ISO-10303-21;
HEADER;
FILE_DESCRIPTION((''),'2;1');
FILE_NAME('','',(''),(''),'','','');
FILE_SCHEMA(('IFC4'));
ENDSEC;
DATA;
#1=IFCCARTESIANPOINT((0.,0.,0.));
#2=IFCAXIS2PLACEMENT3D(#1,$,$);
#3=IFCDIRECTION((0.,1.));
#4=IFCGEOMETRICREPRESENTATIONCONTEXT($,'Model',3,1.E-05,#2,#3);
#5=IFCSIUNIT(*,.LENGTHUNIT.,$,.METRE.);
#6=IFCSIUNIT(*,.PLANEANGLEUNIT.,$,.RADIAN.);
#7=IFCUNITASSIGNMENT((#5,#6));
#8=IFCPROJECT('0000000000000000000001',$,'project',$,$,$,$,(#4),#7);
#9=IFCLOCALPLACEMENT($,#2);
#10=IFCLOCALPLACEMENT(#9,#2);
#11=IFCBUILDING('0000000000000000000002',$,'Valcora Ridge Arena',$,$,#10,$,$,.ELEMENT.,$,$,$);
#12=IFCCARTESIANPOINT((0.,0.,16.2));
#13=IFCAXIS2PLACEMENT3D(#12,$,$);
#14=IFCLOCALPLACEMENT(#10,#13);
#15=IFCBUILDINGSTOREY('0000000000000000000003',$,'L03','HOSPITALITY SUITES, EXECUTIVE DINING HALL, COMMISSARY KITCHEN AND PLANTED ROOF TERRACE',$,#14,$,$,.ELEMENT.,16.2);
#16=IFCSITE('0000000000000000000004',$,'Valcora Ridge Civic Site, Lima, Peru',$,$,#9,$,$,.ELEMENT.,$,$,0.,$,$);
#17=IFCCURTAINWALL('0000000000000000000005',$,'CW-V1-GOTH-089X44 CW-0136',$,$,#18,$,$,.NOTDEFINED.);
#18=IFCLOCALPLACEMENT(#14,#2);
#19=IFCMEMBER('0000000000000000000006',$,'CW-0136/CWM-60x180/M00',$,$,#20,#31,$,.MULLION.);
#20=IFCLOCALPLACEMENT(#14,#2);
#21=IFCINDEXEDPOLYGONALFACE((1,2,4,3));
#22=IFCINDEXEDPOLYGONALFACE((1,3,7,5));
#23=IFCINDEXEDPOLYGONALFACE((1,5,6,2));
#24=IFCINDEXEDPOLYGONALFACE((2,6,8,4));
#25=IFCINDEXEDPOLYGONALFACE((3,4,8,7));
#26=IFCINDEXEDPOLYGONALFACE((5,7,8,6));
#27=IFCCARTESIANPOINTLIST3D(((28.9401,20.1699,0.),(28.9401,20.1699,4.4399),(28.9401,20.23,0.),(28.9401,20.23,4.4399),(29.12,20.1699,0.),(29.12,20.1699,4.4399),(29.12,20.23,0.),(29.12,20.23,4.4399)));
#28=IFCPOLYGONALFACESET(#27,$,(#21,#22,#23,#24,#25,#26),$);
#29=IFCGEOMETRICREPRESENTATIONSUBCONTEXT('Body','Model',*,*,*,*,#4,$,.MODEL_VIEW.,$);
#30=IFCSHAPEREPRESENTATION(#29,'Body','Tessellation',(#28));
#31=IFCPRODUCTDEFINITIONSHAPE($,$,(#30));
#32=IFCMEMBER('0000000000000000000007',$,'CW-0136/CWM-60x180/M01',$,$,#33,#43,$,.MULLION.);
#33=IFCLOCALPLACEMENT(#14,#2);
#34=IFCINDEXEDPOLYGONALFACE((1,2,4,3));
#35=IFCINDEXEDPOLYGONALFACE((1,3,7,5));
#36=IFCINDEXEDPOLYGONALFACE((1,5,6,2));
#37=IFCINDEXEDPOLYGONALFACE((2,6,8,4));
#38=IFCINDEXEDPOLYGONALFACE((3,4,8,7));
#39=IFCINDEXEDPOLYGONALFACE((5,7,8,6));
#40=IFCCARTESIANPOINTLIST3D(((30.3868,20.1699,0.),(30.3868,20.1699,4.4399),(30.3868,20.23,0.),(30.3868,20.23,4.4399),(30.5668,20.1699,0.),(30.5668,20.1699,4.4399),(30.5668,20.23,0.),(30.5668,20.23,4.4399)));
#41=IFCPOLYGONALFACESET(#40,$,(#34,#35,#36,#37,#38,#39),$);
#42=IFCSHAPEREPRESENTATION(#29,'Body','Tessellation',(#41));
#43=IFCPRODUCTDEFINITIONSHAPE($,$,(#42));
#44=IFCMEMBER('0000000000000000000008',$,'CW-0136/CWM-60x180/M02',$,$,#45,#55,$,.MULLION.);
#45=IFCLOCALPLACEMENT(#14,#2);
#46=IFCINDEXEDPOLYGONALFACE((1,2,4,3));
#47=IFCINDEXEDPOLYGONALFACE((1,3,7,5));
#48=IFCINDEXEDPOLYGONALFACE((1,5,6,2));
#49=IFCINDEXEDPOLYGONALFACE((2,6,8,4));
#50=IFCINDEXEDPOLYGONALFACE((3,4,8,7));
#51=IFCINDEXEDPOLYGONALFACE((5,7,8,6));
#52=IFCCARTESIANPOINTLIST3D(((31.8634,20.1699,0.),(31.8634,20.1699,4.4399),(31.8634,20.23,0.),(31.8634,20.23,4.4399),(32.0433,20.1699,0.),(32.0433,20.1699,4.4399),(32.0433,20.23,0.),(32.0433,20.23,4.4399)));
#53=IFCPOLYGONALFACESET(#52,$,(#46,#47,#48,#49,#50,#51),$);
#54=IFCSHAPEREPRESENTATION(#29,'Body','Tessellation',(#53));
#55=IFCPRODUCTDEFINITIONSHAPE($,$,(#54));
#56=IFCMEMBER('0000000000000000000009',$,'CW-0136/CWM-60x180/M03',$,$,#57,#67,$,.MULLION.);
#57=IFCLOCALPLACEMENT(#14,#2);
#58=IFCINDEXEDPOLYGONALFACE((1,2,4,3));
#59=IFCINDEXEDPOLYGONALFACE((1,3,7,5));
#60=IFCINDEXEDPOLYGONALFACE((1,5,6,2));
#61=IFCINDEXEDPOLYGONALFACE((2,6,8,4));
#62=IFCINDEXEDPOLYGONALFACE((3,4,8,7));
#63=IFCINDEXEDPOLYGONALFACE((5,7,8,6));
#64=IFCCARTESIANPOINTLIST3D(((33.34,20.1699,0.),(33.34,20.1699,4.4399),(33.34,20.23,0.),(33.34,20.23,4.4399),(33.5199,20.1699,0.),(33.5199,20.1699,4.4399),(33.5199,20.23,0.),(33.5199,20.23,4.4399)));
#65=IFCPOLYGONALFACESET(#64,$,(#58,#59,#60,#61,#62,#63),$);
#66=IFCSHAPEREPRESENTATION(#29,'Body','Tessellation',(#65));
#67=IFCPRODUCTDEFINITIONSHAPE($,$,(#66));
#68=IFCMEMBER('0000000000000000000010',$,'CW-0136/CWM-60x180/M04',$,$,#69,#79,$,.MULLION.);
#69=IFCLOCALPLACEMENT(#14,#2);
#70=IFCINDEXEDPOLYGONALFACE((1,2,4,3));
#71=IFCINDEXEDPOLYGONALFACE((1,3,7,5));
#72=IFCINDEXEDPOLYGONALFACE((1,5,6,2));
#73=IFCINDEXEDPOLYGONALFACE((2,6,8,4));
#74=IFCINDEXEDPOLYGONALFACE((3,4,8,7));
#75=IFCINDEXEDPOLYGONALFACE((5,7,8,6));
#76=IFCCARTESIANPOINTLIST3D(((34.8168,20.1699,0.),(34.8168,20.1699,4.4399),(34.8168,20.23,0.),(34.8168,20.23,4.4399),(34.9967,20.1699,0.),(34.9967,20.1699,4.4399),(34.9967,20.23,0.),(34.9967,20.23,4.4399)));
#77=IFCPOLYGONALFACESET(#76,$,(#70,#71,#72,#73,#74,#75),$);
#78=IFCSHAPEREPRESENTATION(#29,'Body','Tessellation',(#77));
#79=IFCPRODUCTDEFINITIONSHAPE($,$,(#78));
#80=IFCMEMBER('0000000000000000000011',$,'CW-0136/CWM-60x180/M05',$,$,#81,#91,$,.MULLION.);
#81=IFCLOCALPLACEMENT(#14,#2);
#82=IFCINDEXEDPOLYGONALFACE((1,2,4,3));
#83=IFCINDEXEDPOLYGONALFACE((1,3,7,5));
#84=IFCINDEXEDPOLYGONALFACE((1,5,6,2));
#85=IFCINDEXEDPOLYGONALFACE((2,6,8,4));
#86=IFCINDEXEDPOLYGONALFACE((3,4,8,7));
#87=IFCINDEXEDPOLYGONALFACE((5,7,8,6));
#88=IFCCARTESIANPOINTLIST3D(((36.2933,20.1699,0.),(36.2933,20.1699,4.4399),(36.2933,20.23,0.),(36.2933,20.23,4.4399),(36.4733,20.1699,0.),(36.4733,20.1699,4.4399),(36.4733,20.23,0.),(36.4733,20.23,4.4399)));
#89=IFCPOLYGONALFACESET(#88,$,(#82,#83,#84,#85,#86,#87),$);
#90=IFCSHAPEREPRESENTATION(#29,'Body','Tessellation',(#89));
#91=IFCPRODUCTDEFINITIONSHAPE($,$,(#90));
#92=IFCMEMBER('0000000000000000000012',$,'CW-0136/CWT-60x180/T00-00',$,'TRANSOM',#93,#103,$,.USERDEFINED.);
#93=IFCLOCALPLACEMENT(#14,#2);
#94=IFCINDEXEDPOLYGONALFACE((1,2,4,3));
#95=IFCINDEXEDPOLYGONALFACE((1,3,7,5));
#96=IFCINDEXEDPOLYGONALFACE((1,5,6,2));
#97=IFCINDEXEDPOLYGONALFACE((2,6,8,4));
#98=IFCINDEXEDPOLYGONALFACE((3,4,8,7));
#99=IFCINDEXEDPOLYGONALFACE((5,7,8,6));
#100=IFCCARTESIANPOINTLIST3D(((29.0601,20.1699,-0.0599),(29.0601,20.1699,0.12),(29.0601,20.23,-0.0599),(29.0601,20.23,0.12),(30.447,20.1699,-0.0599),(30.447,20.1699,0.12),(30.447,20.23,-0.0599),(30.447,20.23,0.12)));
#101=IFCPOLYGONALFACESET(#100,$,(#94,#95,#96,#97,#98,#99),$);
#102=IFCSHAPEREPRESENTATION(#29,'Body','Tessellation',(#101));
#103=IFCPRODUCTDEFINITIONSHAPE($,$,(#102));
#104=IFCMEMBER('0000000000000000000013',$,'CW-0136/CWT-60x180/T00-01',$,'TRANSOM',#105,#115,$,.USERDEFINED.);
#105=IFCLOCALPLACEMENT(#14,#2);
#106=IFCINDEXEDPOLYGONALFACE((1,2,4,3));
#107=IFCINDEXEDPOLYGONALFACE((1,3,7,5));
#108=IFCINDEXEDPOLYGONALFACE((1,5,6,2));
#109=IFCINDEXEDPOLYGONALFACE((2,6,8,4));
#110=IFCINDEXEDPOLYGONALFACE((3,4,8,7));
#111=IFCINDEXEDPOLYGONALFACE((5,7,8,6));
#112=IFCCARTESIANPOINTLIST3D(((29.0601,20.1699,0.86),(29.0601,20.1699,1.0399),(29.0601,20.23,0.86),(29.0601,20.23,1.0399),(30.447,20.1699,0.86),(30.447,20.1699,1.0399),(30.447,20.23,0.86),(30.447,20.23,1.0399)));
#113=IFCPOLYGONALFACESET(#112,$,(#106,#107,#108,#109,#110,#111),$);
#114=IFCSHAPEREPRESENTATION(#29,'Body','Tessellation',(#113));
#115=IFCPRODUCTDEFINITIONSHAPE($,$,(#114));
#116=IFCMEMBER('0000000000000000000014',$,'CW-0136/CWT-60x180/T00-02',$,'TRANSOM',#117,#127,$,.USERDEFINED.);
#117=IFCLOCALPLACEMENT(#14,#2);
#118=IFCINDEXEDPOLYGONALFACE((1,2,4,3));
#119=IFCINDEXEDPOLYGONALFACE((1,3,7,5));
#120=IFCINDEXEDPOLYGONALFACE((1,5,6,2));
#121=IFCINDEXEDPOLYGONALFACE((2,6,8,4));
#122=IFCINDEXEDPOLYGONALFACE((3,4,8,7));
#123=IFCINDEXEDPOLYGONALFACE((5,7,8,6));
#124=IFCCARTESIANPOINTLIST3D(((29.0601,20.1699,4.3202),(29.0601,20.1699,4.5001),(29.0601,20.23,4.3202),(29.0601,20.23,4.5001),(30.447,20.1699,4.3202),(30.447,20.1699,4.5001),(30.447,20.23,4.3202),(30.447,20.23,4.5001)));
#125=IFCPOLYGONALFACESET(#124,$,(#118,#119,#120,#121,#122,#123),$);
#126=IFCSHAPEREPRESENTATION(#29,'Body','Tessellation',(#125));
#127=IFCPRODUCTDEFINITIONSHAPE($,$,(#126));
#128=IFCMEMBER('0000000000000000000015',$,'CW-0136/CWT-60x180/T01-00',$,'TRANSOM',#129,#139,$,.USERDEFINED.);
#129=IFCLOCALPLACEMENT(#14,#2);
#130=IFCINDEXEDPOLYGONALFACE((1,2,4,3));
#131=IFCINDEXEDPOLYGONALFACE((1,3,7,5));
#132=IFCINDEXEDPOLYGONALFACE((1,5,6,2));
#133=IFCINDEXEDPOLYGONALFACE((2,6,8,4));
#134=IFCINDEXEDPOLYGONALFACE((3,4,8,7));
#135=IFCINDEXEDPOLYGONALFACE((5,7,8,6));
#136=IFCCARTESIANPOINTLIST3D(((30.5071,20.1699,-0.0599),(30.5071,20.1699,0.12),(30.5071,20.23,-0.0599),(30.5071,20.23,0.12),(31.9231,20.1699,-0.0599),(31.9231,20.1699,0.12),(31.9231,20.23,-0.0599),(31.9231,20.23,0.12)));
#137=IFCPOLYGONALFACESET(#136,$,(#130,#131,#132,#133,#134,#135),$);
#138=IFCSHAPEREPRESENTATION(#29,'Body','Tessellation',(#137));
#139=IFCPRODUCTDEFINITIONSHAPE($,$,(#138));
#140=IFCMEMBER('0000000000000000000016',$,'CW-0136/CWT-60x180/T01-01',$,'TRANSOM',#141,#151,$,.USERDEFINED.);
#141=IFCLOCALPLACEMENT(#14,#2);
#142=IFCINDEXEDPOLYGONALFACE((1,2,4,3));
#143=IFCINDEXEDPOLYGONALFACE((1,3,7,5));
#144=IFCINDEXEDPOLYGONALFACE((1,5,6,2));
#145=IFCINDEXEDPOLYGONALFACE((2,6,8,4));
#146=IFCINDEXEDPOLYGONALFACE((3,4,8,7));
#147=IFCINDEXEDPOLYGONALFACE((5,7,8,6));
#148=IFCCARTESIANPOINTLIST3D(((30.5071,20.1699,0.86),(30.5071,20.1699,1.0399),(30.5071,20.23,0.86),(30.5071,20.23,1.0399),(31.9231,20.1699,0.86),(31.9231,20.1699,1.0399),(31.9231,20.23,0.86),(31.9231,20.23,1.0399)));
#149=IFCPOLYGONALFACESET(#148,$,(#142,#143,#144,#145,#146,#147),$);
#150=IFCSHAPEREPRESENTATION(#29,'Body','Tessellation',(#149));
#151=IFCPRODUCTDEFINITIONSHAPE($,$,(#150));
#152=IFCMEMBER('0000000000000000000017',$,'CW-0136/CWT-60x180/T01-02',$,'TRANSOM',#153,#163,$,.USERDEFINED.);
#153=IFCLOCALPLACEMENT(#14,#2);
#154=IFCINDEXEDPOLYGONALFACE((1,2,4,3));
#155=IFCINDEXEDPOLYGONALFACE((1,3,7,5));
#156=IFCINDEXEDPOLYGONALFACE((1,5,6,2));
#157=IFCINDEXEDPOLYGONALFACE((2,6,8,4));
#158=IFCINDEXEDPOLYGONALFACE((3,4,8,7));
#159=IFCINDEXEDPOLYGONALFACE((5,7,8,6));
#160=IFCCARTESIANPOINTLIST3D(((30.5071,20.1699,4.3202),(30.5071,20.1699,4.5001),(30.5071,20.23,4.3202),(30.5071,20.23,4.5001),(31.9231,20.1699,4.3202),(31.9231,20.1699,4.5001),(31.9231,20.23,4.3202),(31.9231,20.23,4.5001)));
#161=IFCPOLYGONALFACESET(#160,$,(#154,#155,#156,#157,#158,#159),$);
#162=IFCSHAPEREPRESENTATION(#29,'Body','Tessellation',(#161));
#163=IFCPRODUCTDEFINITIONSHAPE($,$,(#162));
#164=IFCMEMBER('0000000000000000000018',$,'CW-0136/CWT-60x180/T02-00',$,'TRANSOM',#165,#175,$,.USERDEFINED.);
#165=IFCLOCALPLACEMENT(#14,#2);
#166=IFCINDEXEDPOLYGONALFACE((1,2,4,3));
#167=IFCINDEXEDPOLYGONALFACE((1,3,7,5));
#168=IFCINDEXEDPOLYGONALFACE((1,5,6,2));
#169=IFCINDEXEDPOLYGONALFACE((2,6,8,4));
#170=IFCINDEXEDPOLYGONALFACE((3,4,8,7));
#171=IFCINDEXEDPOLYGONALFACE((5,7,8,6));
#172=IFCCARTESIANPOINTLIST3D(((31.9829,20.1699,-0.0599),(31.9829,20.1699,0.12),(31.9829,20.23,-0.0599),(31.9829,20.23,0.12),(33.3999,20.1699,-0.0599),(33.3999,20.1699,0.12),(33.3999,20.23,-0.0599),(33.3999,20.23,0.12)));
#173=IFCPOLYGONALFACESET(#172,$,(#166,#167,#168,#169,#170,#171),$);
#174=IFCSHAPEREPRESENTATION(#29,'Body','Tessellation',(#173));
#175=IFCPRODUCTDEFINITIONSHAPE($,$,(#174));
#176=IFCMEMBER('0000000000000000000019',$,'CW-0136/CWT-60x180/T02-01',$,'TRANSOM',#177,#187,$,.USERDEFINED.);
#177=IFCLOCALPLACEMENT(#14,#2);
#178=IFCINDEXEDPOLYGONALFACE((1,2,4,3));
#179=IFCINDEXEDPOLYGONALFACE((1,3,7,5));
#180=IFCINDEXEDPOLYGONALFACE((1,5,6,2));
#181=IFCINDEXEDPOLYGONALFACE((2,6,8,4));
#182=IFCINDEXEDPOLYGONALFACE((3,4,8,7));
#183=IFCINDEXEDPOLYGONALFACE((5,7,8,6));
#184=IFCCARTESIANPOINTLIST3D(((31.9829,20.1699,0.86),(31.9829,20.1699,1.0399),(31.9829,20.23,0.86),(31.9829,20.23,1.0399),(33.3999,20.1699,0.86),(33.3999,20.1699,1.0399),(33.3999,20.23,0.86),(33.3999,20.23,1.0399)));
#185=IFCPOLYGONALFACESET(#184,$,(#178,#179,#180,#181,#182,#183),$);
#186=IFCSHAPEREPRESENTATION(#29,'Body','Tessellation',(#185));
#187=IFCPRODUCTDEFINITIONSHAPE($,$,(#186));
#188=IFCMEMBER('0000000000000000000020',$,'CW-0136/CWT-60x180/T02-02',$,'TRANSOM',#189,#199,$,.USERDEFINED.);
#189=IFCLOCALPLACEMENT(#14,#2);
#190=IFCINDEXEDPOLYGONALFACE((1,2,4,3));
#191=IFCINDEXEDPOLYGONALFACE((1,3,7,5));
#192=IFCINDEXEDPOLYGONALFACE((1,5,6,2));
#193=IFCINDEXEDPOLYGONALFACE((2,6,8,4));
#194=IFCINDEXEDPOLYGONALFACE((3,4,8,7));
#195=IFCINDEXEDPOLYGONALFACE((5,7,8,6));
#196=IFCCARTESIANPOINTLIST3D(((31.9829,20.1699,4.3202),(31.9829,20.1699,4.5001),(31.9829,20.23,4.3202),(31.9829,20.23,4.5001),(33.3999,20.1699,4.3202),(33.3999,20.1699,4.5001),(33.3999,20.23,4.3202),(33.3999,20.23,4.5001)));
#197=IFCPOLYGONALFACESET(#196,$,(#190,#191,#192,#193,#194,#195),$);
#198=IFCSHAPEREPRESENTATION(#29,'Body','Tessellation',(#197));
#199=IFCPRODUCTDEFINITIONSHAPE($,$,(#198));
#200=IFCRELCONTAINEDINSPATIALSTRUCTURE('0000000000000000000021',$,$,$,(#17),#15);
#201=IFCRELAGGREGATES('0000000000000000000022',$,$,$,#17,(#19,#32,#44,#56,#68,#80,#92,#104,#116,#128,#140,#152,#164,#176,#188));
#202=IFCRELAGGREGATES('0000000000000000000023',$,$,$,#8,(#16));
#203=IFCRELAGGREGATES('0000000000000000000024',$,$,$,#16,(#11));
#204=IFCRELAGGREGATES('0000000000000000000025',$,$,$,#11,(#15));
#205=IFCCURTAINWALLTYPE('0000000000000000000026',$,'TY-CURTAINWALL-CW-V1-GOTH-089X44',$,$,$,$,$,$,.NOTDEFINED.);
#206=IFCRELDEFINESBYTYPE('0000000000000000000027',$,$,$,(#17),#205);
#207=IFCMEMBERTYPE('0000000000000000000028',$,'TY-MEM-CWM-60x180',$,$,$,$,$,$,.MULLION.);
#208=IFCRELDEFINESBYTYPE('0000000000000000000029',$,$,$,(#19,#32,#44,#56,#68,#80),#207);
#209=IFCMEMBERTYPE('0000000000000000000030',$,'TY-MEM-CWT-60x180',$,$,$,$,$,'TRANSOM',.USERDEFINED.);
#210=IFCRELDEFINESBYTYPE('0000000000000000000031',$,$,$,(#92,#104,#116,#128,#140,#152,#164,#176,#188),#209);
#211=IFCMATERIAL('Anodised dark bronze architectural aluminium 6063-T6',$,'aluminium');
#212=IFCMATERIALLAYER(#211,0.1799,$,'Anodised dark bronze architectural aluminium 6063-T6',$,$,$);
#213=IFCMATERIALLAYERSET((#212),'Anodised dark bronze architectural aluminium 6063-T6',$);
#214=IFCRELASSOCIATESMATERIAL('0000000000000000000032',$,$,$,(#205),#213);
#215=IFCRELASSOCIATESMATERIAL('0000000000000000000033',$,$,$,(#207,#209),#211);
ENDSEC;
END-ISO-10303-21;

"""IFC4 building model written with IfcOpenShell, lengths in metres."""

from ifc_helpers import new_model, si_unit, direction, frame, origin, origin_2d, place, context, subcontext, project, spatial, rectangle, extrude, material, layer, layer_set, material_profile, profile_set, type_object, element, aggregate, save


model = new_model("IFC4")

# Units and contexts
model_context = context("Model", 3, precision=1e-05, world=origin(), true_north=direction((0.0, 1.0)))
body_context = subcontext(model_context, "Body", "Model", "MODEL_VIEW")
ifc_project = project(units=[si_unit("LENGTHUNIT", "METRE"), si_unit("PLANEANGLEUNIT", "RADIAN")], contexts=[model_context])

# Site, building, storey
site_placement = place(None, origin())
site = spatial("IfcSite", under=ifc_project, at=site_placement, Name="Valcora Ridge Civic Site, Lima, Peru", CompositionType="ELEMENT", RefElevation=0.0)
building_placement = place(site_placement, origin())
building = spatial("IfcBuilding", under=site, at=building_placement, Name="Valcora Ridge Arena", CompositionType="ELEMENT")
storey_placement = place(building_placement, frame((0.0, 0.0, 16.2)))
storey = spatial("IfcBuildingStorey", under=building, at=storey_placement, Name="L03", Description="HOSPITALITY SUITES, EXECUTIVE DINING HALL, COMMISSARY KITCHEN AND PLANTED ROOF TERRACE", CompositionType="ELEMENT", Elevation=16.2)

# Curtain wall, members
ifc_material_1 = material(Name="Anodised dark bronze architectural aluminium 6063-T6", Category="aluminium")
ifc_layer_1 = layer(ifc_material_1, 0.1799, Name="Anodised dark bronze architectural aluminium 6063-T6")
ifc_layer_set_1 = layer_set([ifc_layer_1], Name="Anodised dark bronze architectural aluminium 6063-T6")
curtain_wall_type = type_object("IfcCurtainWallType", Name="TY-CURTAINWALL-CW-V1-GOTH-089X44", PredefinedType="NOTDEFINED", material=ifc_layer_set_1)
curtain_wall_placement = place(storey_placement, origin())
curtain_wall = element("IfcCurtainWall", 1, at=curtain_wall_placement, inside=storey, type_object=curtain_wall_type, Name="CW-V1-GOTH-089X44 CW-0136", PredefinedType="NOTDEFINED")
ifc_material_profile_1 = material_profile(ifc_material_1, rectangle(XDim=0.0601, YDim=0.1799, at=origin_2d()), Name="ALU MULLION 60x180")
ifc_profile_set_1 = profile_set([ifc_material_profile_1], Name="Anodised dark bronze architectural aluminium 6063-T6")
member_type_1 = type_object("IfcMemberType", Name="TY-MEM-CWM-60x180", PredefinedType="MULLION", material=ifc_profile_set_1)
member_1_placement = place(storey_placement, frame((29.03, 20.2, 0.0), z_axis=(0.0, 0.0, 1.0), x_axis=(0.0, 1.0, 0.0)))
member_1 = element("IfcMember", 2, at=member_1_placement, type_object=member_type_1, Name="CW-0136/CWM-60x180/M00", PredefinedType="MULLION", context=body_context, shape_type="SweptSolid", body=[
    extrude(rectangle(XDim=0.0601, YDim=0.1799, at=origin_2d()), origin(), (0.0, 0.0, 1.0), 4.4399),
])
member_2_placement = place(storey_placement, frame((30.4768, 20.2, 0.0), z_axis=(0.0, 0.0, 1.0), x_axis=(0.0, 1.0, 0.0)))
member_2 = element("IfcMember", 3, at=member_2_placement, type_object=member_type_1, Name="CW-0136/CWM-60x180/M01", PredefinedType="MULLION", context=body_context, shape_type="SweptSolid", body=[
    extrude(rectangle(XDim=0.0601, YDim=0.1799, at=origin_2d()), origin(), (0.0, 0.0, 1.0), 4.4399),
])
member_3_placement = place(storey_placement, frame((31.9534, 20.2, 0.0), z_axis=(0.0, 0.0, 1.0), x_axis=(0.0, 1.0, 0.0)))
member_3 = element("IfcMember", 4, at=member_3_placement, type_object=member_type_1, Name="CW-0136/CWM-60x180/M02", PredefinedType="MULLION", context=body_context, shape_type="SweptSolid", body=[
    extrude(rectangle(XDim=0.0601, YDim=0.1799, at=origin_2d()), origin(), (0.0, 0.0, 1.0), 4.4399),
])
member_4_placement = place(storey_placement, frame((33.4299, 20.2, 0.0), z_axis=(0.0, 0.0, 1.0), x_axis=(0.0, 1.0, 0.0)))
member_4 = element("IfcMember", 5, at=member_4_placement, type_object=member_type_1, Name="CW-0136/CWM-60x180/M03", PredefinedType="MULLION", context=body_context, shape_type="SweptSolid", body=[
    extrude(rectangle(XDim=0.0601, YDim=0.1799, at=origin_2d()), origin(), (0.0, 0.0, 1.0), 4.4399),
])
member_5_placement = place(storey_placement, frame((34.9067, 20.2, 0.0), z_axis=(0.0, 0.0, 1.0), x_axis=(0.0, 1.0, 0.0)))
member_5 = element("IfcMember", 6, at=member_5_placement, type_object=member_type_1, Name="CW-0136/CWM-60x180/M04", PredefinedType="MULLION", context=body_context, shape_type="SweptSolid", body=[
    extrude(rectangle(XDim=0.0601, YDim=0.1799, at=origin_2d()), origin(), (0.0, 0.0, 1.0), 4.4399),
])
member_6_placement = place(storey_placement, frame((36.3833, 20.2, 0.0), z_axis=(0.0, 0.0, 1.0), x_axis=(0.0, 1.0, 0.0)))
member_6 = element("IfcMember", 7, at=member_6_placement, type_object=member_type_1, Name="CW-0136/CWM-60x180/M05", PredefinedType="MULLION", context=body_context, shape_type="SweptSolid", body=[
    extrude(rectangle(XDim=0.0601, YDim=0.1799, at=origin_2d()), origin(), (0.0, 0.0, 1.0), 4.4399),
])
ifc_material_profile_2 = material_profile(ifc_material_1, rectangle(XDim=0.0601, YDim=0.1799, at=origin_2d()), Name="ALU TRANSOM 60x180")
ifc_profile_set_2 = profile_set([ifc_material_profile_2], Name="Anodised dark bronze architectural aluminium 6063-T6")
member_type_2 = type_object("IfcMemberType", Name="TY-MEM-CWT-60x180", ElementType="TRANSOM", PredefinedType="USERDEFINED", material=ifc_profile_set_2)
member_7_placement = place(storey_placement, frame((29.0601, 20.2, 0.03), z_axis=(1.0, 0.0, 0.0), x_axis=(0.0, 1.0, 0.0)))
member_7 = element("IfcMember", 8, at=member_7_placement, type_object=member_type_2, Name="CW-0136/CWT-60x180/T00-00", ObjectType="TRANSOM", PredefinedType="USERDEFINED", context=body_context, shape_type="SweptSolid", body=[
    extrude(rectangle(XDim=0.0601, YDim=0.1799, at=origin_2d()), origin(), (0.0, 0.0, 1.0), 1.387),
])
member_8_placement = place(storey_placement, frame((29.0601, 20.2, 0.95), z_axis=(1.0, 0.0, 0.0), x_axis=(0.0, 1.0, 0.0)))
member_8 = element("IfcMember", 9, at=member_8_placement, type_object=member_type_2, Name="CW-0136/CWT-60x180/T00-01", ObjectType="TRANSOM", PredefinedType="USERDEFINED", context=body_context, shape_type="SweptSolid", body=[
    extrude(rectangle(XDim=0.0601, YDim=0.1799, at=origin_2d()), origin(), (0.0, 0.0, 1.0), 1.387),
])
member_9_placement = place(storey_placement, frame((29.0601, 20.2, 4.4102), z_axis=(1.0, 0.0, 0.0), x_axis=(0.0, 1.0, 0.0)))
member_9 = element("IfcMember", 10, at=member_9_placement, type_object=member_type_2, Name="CW-0136/CWT-60x180/T00-02", ObjectType="TRANSOM", PredefinedType="USERDEFINED", context=body_context, shape_type="SweptSolid", body=[
    extrude(rectangle(XDim=0.0601, YDim=0.1799, at=origin_2d()), origin(), (0.0, 0.0, 1.0), 1.387),
])
member_10_placement = place(storey_placement, frame((30.5071, 20.2, 0.03), z_axis=(1.0, 0.0, 0.0), x_axis=(0.0, 1.0, 0.0)))
member_10 = element("IfcMember", 11, at=member_10_placement, type_object=member_type_2, Name="CW-0136/CWT-60x180/T01-00", ObjectType="TRANSOM", PredefinedType="USERDEFINED", context=body_context, shape_type="SweptSolid", body=[
    extrude(rectangle(XDim=0.0601, YDim=0.1799, at=origin_2d()), origin(), (0.0, 0.0, 1.0), 1.416),
])
member_11_placement = place(storey_placement, frame((30.5071, 20.2, 0.95), z_axis=(1.0, 0.0, 0.0), x_axis=(0.0, 1.0, 0.0)))
member_11 = element("IfcMember", 12, at=member_11_placement, type_object=member_type_2, Name="CW-0136/CWT-60x180/T01-01", ObjectType="TRANSOM", PredefinedType="USERDEFINED", context=body_context, shape_type="SweptSolid", body=[
    extrude(rectangle(XDim=0.0601, YDim=0.1799, at=origin_2d()), origin(), (0.0, 0.0, 1.0), 1.416),
])
member_12_placement = place(storey_placement, frame((30.5071, 20.2, 4.4102), z_axis=(1.0, 0.0, 0.0), x_axis=(0.0, 1.0, 0.0)))
member_12 = element("IfcMember", 13, at=member_12_placement, type_object=member_type_2, Name="CW-0136/CWT-60x180/T01-02", ObjectType="TRANSOM", PredefinedType="USERDEFINED", context=body_context, shape_type="SweptSolid", body=[
    extrude(rectangle(XDim=0.0601, YDim=0.1799, at=origin_2d()), origin(), (0.0, 0.0, 1.0), 1.416),
])
member_13_placement = place(storey_placement, frame((31.9829, 20.2, 0.03), z_axis=(1.0, 0.0, 0.0), x_axis=(0.0, 1.0, 0.0)))
member_13 = element("IfcMember", 14, at=member_13_placement, type_object=member_type_2, Name="CW-0136/CWT-60x180/T02-00", ObjectType="TRANSOM", PredefinedType="USERDEFINED", context=body_context, shape_type="SweptSolid", body=[
    extrude(rectangle(XDim=0.0601, YDim=0.1799, at=origin_2d()), origin(), (0.0, 0.0, 1.0), 1.417),
])
member_14_placement = place(storey_placement, frame((31.9829, 20.2, 0.95), z_axis=(1.0, 0.0, 0.0), x_axis=(0.0, 1.0, 0.0)))
member_14 = element("IfcMember", 15, at=member_14_placement, type_object=member_type_2, Name="CW-0136/CWT-60x180/T02-01", ObjectType="TRANSOM", PredefinedType="USERDEFINED", context=body_context, shape_type="SweptSolid", body=[
    extrude(rectangle(XDim=0.0601, YDim=0.1799, at=origin_2d()), origin(), (0.0, 0.0, 1.0), 1.417),
])
member_15_placement = place(storey_placement, frame((31.9829, 20.2, 4.4102), z_axis=(1.0, 0.0, 0.0), x_axis=(0.0, 1.0, 0.0)))
member_15 = element("IfcMember", 16, at=member_15_placement, type_object=member_type_2, Name="CW-0136/CWT-60x180/T02-02", ObjectType="TRANSOM", PredefinedType="USERDEFINED", context=body_context, shape_type="SweptSolid", body=[
    extrude(rectangle(XDim=0.0601, YDim=0.1799, at=origin_2d()), origin(), (0.0, 0.0, 1.0), 1.417),
])
aggregate(curtain_wall, [member_1, member_2, member_3, member_4, member_5, member_6, member_7, member_8, member_9, member_10, member_11, member_12, member_13, member_14, member_15])

save(model, "model.ifc")
